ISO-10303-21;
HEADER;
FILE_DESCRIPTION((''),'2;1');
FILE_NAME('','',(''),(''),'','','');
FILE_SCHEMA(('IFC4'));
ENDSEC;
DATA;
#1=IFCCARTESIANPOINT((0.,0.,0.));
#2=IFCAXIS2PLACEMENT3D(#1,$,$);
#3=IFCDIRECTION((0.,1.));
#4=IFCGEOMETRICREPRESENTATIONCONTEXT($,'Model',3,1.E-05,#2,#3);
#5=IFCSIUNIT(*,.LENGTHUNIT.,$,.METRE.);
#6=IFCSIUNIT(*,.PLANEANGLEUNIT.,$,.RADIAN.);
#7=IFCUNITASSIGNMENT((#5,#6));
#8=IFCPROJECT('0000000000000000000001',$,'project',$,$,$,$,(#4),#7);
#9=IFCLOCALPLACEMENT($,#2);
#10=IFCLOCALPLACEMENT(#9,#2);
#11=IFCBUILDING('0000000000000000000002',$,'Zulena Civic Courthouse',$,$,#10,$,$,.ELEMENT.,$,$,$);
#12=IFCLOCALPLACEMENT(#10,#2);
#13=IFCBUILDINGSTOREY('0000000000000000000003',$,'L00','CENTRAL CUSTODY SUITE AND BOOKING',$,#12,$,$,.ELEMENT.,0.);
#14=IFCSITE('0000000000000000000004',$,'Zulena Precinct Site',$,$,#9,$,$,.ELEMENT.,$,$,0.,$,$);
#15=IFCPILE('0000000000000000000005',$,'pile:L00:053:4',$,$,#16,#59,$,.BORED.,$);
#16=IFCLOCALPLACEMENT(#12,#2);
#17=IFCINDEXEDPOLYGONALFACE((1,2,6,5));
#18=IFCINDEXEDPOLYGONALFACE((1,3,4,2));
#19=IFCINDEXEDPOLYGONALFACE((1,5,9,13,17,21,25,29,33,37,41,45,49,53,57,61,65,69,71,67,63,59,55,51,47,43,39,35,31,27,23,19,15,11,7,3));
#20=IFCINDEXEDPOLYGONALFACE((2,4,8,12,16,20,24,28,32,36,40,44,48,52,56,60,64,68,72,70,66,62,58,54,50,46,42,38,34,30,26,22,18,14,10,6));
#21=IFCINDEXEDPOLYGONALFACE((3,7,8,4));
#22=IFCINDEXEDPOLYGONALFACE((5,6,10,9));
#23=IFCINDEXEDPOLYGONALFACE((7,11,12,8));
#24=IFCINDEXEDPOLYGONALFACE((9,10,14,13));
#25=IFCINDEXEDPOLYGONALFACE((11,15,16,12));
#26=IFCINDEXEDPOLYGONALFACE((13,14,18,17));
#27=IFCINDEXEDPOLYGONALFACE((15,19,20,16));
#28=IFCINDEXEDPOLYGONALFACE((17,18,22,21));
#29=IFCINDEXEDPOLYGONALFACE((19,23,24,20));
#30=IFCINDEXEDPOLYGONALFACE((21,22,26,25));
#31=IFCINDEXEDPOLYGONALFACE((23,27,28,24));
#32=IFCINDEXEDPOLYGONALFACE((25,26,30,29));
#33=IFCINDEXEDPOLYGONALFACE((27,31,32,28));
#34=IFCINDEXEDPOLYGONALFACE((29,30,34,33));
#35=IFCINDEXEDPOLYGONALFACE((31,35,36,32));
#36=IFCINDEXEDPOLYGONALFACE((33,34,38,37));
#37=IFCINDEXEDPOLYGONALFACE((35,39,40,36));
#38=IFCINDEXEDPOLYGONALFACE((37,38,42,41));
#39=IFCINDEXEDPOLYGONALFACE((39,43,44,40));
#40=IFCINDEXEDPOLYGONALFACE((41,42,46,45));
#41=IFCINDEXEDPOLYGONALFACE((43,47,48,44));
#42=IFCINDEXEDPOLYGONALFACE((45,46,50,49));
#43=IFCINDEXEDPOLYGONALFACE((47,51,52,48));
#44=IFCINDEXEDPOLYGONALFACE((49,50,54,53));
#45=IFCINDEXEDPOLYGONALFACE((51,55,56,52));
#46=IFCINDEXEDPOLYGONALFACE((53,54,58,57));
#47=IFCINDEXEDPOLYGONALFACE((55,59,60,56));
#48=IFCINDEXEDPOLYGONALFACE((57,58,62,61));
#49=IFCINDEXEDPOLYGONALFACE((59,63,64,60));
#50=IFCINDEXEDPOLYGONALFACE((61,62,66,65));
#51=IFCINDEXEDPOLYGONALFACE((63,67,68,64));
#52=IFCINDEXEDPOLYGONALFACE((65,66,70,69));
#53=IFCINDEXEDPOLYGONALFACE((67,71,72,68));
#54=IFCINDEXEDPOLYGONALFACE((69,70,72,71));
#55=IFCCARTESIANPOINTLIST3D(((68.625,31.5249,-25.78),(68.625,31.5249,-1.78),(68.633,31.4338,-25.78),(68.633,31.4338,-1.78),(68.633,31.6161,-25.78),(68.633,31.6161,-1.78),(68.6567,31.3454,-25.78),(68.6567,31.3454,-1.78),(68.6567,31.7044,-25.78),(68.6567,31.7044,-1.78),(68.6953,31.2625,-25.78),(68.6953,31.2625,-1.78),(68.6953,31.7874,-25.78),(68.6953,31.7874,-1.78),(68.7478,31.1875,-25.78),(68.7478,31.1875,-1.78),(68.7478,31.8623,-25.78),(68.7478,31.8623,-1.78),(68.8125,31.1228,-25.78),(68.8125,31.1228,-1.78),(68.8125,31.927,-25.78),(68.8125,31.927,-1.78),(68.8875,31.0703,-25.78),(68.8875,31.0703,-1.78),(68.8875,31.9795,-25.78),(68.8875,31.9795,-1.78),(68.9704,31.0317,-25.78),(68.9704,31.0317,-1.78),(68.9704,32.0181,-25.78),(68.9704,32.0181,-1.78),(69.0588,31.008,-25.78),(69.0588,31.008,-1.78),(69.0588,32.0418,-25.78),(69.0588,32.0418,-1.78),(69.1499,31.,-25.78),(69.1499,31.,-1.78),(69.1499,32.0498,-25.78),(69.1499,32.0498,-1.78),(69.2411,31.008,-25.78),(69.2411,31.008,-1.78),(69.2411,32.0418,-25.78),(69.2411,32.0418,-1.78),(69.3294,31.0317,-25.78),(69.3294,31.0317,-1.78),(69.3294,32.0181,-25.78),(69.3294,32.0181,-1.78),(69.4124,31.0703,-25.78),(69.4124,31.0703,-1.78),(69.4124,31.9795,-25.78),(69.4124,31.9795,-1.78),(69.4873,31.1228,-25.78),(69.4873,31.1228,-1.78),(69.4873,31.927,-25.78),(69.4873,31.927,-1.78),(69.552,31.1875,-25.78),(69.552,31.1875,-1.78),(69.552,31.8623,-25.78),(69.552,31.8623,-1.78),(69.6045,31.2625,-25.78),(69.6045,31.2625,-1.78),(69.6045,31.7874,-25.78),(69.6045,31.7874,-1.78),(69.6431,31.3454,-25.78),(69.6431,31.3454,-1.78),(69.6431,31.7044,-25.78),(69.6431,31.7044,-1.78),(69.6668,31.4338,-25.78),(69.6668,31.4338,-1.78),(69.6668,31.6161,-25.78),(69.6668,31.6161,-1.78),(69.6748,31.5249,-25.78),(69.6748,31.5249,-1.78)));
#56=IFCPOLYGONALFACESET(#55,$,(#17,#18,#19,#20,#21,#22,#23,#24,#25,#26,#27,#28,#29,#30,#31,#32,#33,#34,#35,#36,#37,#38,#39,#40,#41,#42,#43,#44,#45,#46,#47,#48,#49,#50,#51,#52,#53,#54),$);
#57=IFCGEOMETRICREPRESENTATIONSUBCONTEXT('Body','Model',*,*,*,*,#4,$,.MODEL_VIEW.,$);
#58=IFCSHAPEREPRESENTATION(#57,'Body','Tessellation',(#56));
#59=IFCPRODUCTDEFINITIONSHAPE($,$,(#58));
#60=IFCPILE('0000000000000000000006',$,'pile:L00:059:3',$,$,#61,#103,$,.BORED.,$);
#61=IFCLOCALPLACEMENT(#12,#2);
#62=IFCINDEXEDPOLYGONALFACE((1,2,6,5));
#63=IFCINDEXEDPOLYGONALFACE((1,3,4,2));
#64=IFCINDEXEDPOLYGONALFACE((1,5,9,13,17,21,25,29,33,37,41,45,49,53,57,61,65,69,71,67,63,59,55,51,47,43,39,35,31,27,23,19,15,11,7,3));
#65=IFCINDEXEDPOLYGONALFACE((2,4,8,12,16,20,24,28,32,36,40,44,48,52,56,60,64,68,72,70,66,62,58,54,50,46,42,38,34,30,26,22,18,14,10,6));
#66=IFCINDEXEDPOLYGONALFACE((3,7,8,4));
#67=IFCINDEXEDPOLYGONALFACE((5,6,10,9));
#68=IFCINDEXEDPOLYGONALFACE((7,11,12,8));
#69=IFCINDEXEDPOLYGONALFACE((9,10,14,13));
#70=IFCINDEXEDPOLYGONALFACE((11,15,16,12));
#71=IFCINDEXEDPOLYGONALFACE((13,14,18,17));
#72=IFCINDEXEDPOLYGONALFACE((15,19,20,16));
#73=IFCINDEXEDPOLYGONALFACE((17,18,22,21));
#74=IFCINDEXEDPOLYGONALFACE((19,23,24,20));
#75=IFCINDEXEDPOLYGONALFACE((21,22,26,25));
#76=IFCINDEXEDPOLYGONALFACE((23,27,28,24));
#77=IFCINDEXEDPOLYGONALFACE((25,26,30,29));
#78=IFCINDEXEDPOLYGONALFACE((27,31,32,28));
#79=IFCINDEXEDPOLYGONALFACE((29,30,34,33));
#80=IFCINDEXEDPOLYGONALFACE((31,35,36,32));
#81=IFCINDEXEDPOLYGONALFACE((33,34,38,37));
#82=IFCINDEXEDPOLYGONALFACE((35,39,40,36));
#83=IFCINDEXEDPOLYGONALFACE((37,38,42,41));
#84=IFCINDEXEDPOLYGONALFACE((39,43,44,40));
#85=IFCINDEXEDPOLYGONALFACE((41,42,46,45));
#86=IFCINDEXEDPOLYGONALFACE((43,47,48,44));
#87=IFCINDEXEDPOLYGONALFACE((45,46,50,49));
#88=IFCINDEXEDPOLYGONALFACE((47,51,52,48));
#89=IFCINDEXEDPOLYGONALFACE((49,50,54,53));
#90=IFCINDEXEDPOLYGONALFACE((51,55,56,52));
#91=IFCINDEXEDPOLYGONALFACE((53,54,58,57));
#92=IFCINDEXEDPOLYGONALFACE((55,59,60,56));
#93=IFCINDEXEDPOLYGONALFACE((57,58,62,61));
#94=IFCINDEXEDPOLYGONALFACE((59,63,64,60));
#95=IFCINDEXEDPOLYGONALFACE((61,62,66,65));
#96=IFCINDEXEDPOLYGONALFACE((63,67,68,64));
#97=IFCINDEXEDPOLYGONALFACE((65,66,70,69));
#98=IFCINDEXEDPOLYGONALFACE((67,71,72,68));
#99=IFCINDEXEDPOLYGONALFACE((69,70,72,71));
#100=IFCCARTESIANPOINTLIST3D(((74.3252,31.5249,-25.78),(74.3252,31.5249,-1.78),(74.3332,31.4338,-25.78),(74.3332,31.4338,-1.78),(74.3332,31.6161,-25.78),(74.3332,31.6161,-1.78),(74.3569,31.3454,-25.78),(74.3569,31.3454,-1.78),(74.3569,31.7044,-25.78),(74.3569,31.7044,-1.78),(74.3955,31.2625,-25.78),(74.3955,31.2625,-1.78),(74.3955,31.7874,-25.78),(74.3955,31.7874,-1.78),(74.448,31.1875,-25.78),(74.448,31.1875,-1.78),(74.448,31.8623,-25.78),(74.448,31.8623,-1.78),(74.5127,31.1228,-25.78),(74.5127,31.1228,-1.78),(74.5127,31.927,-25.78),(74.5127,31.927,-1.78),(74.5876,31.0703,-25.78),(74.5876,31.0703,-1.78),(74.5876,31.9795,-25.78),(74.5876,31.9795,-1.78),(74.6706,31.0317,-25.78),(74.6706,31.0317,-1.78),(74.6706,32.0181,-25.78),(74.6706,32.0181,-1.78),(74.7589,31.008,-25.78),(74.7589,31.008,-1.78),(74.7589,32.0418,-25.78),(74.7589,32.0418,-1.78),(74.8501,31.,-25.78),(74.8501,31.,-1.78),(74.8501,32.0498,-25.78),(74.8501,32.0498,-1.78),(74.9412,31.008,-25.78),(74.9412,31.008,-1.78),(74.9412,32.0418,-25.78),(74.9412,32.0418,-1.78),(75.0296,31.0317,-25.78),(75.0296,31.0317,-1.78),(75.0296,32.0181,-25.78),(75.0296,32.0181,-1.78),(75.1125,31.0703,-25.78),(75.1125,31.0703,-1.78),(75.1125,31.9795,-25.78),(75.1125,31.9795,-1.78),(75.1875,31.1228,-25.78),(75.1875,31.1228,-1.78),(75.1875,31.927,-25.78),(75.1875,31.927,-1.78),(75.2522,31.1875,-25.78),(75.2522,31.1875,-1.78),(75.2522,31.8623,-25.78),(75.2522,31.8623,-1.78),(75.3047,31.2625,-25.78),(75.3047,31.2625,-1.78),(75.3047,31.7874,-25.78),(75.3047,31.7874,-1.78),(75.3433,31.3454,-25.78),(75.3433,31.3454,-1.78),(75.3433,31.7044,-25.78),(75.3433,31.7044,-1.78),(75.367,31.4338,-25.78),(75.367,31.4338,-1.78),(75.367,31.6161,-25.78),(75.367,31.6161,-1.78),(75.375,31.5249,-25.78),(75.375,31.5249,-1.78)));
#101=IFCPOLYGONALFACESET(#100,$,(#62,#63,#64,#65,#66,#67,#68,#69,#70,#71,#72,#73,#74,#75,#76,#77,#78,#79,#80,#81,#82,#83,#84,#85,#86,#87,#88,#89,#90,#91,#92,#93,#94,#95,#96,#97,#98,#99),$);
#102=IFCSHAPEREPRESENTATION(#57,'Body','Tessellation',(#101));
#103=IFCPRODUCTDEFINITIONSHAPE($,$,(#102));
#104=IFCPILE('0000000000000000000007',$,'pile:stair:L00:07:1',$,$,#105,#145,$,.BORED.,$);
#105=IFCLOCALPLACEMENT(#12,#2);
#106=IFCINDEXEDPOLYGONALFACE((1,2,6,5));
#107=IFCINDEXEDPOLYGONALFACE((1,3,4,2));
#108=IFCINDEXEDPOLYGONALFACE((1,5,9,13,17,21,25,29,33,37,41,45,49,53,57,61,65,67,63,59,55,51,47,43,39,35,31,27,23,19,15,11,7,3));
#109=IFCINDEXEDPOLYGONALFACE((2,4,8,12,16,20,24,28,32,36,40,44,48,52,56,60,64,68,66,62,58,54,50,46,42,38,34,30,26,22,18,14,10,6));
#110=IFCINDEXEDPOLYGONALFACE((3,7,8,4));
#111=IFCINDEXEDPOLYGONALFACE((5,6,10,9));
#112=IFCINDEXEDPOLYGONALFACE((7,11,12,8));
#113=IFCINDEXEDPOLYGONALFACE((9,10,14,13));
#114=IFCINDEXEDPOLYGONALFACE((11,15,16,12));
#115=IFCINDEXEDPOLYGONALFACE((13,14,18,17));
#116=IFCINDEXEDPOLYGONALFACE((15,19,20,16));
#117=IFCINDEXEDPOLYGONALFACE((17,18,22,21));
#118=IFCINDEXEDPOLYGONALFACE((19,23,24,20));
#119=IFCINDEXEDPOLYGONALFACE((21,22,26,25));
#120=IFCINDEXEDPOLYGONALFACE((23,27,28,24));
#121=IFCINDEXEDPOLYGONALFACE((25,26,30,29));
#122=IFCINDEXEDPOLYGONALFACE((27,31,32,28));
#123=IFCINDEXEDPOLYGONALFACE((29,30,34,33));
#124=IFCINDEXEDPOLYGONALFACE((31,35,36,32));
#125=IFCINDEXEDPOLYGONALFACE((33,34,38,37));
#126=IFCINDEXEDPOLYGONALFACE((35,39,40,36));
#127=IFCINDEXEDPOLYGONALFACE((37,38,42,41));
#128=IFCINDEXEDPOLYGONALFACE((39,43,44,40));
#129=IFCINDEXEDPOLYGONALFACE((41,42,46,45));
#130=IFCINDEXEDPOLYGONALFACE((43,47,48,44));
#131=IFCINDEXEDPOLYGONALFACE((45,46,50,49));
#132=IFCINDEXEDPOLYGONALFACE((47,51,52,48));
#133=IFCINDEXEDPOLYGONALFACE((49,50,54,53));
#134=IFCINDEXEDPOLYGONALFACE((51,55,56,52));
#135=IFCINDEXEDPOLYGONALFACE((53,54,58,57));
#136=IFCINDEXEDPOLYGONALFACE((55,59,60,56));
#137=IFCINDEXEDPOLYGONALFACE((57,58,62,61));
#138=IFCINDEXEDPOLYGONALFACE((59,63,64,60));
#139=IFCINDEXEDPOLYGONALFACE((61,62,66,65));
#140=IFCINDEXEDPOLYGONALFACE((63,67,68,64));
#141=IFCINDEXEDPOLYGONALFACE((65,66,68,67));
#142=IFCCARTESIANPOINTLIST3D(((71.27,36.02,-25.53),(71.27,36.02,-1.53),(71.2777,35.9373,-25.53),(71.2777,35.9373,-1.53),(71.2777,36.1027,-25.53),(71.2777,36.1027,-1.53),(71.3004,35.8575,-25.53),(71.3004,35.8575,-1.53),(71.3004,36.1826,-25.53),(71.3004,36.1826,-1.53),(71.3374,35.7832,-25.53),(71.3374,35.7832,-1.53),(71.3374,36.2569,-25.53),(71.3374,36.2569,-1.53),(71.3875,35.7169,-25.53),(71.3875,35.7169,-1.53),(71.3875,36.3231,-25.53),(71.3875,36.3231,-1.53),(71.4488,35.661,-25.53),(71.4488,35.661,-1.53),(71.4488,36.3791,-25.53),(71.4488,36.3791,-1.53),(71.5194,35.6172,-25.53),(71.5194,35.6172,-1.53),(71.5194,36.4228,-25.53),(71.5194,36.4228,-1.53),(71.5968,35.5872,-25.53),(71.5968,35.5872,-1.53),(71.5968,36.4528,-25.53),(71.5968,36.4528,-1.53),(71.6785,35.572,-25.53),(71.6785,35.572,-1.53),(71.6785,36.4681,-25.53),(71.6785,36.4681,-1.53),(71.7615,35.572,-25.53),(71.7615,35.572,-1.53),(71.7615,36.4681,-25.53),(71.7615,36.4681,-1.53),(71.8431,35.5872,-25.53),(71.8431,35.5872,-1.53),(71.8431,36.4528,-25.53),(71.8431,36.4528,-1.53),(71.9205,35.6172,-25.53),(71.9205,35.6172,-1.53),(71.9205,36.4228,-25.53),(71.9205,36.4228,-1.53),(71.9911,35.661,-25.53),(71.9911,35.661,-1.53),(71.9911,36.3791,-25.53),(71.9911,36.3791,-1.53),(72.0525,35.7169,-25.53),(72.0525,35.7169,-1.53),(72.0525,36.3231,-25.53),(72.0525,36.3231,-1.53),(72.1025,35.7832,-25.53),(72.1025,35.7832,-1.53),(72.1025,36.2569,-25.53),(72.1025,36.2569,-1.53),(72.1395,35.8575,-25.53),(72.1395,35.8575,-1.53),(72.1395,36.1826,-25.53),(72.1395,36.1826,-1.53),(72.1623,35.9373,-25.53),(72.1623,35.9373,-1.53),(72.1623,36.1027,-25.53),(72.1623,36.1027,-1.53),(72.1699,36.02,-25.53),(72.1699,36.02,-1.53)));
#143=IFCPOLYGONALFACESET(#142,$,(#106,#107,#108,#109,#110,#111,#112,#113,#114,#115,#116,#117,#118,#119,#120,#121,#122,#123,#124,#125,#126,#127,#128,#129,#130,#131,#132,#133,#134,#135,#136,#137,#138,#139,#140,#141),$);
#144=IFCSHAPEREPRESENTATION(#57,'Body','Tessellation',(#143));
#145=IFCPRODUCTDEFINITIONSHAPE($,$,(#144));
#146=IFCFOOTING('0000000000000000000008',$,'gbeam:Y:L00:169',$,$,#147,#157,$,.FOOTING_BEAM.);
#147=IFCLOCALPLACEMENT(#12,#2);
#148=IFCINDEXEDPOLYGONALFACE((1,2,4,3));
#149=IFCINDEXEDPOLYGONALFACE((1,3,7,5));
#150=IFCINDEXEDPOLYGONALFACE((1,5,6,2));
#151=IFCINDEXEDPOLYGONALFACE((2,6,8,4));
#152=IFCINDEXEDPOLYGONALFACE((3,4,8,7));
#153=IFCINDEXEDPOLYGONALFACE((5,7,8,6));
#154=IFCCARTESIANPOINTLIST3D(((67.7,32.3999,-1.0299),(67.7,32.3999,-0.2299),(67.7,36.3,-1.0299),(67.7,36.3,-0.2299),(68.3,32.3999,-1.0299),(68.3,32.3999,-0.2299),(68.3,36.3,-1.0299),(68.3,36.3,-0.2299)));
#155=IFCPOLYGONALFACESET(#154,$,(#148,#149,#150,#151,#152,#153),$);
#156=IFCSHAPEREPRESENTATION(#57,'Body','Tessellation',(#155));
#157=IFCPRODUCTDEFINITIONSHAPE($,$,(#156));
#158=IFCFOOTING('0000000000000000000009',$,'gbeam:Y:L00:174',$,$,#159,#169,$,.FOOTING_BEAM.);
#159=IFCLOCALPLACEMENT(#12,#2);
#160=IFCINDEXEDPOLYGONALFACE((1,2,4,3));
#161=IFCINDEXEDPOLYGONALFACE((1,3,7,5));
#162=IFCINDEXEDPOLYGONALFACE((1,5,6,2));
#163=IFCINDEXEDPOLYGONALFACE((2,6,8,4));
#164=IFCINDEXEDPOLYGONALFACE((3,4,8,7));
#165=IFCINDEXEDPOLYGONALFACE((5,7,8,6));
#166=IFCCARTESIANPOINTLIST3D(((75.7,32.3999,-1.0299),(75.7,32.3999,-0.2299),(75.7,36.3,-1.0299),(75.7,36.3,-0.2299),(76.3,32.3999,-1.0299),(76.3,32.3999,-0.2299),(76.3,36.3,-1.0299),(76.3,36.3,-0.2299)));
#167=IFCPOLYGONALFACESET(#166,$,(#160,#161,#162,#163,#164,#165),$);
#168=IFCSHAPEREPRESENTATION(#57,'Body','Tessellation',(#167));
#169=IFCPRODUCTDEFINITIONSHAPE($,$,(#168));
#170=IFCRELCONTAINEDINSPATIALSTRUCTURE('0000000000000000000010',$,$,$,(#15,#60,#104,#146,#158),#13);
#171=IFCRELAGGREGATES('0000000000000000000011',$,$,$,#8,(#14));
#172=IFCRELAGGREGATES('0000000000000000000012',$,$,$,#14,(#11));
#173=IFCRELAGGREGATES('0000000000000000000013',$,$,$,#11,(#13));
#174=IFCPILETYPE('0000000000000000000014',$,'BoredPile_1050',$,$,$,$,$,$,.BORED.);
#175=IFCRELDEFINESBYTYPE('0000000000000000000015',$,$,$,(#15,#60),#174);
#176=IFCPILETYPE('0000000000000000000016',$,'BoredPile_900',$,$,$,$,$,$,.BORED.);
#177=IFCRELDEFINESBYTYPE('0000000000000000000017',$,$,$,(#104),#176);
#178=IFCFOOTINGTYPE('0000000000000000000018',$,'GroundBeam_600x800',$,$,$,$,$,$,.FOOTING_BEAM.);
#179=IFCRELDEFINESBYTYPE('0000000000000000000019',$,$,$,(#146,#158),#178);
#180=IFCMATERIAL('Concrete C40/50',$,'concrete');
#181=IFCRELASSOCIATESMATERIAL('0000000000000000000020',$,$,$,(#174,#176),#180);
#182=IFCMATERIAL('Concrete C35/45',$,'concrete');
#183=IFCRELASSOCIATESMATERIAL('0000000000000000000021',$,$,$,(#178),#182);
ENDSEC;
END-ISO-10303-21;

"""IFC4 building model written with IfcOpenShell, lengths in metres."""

from ifc_helpers import new_model, si_unit, direction, frame, origin, origin_2d, place, context, subcontext, project, spatial, rectangle, circle, extrude, material, material_profile, profile_set, type_object, element, save


model = new_model("IFC4")

# Units and contexts
model_context = context("Model", 3, precision=1e-05, world=origin(), true_north=direction((0.0, 1.0)))
body_context = subcontext(model_context, "Body", "Model", "MODEL_VIEW")
ifc_project = project(units=[si_unit("LENGTHUNIT", "METRE"), si_unit("PLANEANGLEUNIT", "RADIAN")], contexts=[model_context])

# Site, building, storey
site_placement = place(None, origin())
site = spatial("IfcSite", under=ifc_project, at=site_placement, Name="Zulena Precinct Site", CompositionType="ELEMENT", RefElevation=0.0)
building_placement = place(site_placement, origin())
building = spatial("IfcBuilding", under=site, at=building_placement, Name="Zulena Civic Courthouse", CompositionType="ELEMENT")
storey_placement = place(building_placement, origin())
storey = spatial("IfcBuildingStorey", under=building, at=storey_placement, Name="L00", Description="CENTRAL CUSTODY SUITE AND BOOKING", CompositionType="ELEMENT", Elevation=0.0)

# Piles
ifc_material_1 = material(Name="Concrete C40/50", Category="concrete")
ifc_material_profile_1 = material_profile(ifc_material_1, circle(Radius=0.5249, at=origin_2d()), Name="PILE1050")
ifc_profile_set_1 = profile_set([ifc_material_profile_1], Name="Concrete C40/50")
pile_type_1 = type_object("IfcPileType", Name="BoredPile_1050", PredefinedType="BORED", material=ifc_profile_set_1)
for number, where, z_axis, x_axis, name in (
    (1, (69.1499, 31.5249, -1.78), (0.0, 0.0, -1.0), (1.0, 0.0, 0.0), "pile:L00:053:4"),
    (2, (74.8501, 31.5249, -1.78), (0.0, 0.0, -1.0), (1.0, 0.0, 0.0), "pile:L00:059:3"),
):
    element("IfcPile", number, at=place(storey_placement, frame(where, z_axis=z_axis, x_axis=x_axis)), inside=storey, type_object=pile_type_1, Name=name, PredefinedType="BORED", context=body_context, shape_type="SweptSolid", body=[
        extrude(circle(Radius=0.5249, at=origin_2d()), origin(), (0.0, 0.0, 1.0), 24.0),
    ])
ifc_material_profile_2 = material_profile(ifc_material_1, circle(Radius=0.45, at=origin_2d()), Name="PILE900")
ifc_profile_set_2 = profile_set([ifc_material_profile_2], Name="Concrete C40/50")
pile_type_2 = type_object("IfcPileType", Name="BoredPile_900", PredefinedType="BORED", material=ifc_profile_set_2)
pile_placement = place(storey_placement, frame((71.72, 36.02, -1.53), z_axis=(0.0, 0.0, -1.0), x_axis=(1.0, 0.0, 0.0)))
element("IfcPile", 3, at=pile_placement, inside=storey, type_object=pile_type_2, Name="pile:stair:L00:07:1", PredefinedType="BORED", context=body_context, shape_type="SweptSolid", body=[
    extrude(circle(Radius=0.45, at=origin_2d()), origin(), (0.0, 0.0, 1.0), 24.0),
])

# Footings
ifc_material_2 = material(Name="Concrete C35/45", Category="concrete")
ifc_material_profile_3 = material_profile(ifc_material_2, rectangle(XDim=0.6001, YDim=0.8, at=origin_2d()), Name="RC600X800")
ifc_profile_set_3 = profile_set([ifc_material_profile_3], Name="Concrete C35/45")
footing_type = type_object("IfcFootingType", Name="GroundBeam_600x800", PredefinedType="FOOTING_BEAM", material=ifc_profile_set_3)
for number, where, z_axis, x_axis, name in (
    (4, (68.0, 32.3999, -0.6299), (0.0, 1.0, 0.0), (-1.0, 0.0, 0.0), "gbeam:Y:L00:169"),
    (5, (76.0, 32.3999, -0.6299), (0.0, 1.0, 0.0), (-1.0, 0.0, 0.0), "gbeam:Y:L00:174"),
):
    element("IfcFooting", number, at=place(storey_placement, frame(where, z_axis=z_axis, x_axis=x_axis)), inside=storey, type_object=footing_type, Name=name, PredefinedType="FOOTING_BEAM", context=body_context, shape_type="SweptSolid", body=[
        extrude(rectangle(XDim=0.6001, YDim=0.8, at=origin_2d()), origin(), (0.0, 0.0, 1.0), 3.9001),
    ])

save(model, "model.ifc")
